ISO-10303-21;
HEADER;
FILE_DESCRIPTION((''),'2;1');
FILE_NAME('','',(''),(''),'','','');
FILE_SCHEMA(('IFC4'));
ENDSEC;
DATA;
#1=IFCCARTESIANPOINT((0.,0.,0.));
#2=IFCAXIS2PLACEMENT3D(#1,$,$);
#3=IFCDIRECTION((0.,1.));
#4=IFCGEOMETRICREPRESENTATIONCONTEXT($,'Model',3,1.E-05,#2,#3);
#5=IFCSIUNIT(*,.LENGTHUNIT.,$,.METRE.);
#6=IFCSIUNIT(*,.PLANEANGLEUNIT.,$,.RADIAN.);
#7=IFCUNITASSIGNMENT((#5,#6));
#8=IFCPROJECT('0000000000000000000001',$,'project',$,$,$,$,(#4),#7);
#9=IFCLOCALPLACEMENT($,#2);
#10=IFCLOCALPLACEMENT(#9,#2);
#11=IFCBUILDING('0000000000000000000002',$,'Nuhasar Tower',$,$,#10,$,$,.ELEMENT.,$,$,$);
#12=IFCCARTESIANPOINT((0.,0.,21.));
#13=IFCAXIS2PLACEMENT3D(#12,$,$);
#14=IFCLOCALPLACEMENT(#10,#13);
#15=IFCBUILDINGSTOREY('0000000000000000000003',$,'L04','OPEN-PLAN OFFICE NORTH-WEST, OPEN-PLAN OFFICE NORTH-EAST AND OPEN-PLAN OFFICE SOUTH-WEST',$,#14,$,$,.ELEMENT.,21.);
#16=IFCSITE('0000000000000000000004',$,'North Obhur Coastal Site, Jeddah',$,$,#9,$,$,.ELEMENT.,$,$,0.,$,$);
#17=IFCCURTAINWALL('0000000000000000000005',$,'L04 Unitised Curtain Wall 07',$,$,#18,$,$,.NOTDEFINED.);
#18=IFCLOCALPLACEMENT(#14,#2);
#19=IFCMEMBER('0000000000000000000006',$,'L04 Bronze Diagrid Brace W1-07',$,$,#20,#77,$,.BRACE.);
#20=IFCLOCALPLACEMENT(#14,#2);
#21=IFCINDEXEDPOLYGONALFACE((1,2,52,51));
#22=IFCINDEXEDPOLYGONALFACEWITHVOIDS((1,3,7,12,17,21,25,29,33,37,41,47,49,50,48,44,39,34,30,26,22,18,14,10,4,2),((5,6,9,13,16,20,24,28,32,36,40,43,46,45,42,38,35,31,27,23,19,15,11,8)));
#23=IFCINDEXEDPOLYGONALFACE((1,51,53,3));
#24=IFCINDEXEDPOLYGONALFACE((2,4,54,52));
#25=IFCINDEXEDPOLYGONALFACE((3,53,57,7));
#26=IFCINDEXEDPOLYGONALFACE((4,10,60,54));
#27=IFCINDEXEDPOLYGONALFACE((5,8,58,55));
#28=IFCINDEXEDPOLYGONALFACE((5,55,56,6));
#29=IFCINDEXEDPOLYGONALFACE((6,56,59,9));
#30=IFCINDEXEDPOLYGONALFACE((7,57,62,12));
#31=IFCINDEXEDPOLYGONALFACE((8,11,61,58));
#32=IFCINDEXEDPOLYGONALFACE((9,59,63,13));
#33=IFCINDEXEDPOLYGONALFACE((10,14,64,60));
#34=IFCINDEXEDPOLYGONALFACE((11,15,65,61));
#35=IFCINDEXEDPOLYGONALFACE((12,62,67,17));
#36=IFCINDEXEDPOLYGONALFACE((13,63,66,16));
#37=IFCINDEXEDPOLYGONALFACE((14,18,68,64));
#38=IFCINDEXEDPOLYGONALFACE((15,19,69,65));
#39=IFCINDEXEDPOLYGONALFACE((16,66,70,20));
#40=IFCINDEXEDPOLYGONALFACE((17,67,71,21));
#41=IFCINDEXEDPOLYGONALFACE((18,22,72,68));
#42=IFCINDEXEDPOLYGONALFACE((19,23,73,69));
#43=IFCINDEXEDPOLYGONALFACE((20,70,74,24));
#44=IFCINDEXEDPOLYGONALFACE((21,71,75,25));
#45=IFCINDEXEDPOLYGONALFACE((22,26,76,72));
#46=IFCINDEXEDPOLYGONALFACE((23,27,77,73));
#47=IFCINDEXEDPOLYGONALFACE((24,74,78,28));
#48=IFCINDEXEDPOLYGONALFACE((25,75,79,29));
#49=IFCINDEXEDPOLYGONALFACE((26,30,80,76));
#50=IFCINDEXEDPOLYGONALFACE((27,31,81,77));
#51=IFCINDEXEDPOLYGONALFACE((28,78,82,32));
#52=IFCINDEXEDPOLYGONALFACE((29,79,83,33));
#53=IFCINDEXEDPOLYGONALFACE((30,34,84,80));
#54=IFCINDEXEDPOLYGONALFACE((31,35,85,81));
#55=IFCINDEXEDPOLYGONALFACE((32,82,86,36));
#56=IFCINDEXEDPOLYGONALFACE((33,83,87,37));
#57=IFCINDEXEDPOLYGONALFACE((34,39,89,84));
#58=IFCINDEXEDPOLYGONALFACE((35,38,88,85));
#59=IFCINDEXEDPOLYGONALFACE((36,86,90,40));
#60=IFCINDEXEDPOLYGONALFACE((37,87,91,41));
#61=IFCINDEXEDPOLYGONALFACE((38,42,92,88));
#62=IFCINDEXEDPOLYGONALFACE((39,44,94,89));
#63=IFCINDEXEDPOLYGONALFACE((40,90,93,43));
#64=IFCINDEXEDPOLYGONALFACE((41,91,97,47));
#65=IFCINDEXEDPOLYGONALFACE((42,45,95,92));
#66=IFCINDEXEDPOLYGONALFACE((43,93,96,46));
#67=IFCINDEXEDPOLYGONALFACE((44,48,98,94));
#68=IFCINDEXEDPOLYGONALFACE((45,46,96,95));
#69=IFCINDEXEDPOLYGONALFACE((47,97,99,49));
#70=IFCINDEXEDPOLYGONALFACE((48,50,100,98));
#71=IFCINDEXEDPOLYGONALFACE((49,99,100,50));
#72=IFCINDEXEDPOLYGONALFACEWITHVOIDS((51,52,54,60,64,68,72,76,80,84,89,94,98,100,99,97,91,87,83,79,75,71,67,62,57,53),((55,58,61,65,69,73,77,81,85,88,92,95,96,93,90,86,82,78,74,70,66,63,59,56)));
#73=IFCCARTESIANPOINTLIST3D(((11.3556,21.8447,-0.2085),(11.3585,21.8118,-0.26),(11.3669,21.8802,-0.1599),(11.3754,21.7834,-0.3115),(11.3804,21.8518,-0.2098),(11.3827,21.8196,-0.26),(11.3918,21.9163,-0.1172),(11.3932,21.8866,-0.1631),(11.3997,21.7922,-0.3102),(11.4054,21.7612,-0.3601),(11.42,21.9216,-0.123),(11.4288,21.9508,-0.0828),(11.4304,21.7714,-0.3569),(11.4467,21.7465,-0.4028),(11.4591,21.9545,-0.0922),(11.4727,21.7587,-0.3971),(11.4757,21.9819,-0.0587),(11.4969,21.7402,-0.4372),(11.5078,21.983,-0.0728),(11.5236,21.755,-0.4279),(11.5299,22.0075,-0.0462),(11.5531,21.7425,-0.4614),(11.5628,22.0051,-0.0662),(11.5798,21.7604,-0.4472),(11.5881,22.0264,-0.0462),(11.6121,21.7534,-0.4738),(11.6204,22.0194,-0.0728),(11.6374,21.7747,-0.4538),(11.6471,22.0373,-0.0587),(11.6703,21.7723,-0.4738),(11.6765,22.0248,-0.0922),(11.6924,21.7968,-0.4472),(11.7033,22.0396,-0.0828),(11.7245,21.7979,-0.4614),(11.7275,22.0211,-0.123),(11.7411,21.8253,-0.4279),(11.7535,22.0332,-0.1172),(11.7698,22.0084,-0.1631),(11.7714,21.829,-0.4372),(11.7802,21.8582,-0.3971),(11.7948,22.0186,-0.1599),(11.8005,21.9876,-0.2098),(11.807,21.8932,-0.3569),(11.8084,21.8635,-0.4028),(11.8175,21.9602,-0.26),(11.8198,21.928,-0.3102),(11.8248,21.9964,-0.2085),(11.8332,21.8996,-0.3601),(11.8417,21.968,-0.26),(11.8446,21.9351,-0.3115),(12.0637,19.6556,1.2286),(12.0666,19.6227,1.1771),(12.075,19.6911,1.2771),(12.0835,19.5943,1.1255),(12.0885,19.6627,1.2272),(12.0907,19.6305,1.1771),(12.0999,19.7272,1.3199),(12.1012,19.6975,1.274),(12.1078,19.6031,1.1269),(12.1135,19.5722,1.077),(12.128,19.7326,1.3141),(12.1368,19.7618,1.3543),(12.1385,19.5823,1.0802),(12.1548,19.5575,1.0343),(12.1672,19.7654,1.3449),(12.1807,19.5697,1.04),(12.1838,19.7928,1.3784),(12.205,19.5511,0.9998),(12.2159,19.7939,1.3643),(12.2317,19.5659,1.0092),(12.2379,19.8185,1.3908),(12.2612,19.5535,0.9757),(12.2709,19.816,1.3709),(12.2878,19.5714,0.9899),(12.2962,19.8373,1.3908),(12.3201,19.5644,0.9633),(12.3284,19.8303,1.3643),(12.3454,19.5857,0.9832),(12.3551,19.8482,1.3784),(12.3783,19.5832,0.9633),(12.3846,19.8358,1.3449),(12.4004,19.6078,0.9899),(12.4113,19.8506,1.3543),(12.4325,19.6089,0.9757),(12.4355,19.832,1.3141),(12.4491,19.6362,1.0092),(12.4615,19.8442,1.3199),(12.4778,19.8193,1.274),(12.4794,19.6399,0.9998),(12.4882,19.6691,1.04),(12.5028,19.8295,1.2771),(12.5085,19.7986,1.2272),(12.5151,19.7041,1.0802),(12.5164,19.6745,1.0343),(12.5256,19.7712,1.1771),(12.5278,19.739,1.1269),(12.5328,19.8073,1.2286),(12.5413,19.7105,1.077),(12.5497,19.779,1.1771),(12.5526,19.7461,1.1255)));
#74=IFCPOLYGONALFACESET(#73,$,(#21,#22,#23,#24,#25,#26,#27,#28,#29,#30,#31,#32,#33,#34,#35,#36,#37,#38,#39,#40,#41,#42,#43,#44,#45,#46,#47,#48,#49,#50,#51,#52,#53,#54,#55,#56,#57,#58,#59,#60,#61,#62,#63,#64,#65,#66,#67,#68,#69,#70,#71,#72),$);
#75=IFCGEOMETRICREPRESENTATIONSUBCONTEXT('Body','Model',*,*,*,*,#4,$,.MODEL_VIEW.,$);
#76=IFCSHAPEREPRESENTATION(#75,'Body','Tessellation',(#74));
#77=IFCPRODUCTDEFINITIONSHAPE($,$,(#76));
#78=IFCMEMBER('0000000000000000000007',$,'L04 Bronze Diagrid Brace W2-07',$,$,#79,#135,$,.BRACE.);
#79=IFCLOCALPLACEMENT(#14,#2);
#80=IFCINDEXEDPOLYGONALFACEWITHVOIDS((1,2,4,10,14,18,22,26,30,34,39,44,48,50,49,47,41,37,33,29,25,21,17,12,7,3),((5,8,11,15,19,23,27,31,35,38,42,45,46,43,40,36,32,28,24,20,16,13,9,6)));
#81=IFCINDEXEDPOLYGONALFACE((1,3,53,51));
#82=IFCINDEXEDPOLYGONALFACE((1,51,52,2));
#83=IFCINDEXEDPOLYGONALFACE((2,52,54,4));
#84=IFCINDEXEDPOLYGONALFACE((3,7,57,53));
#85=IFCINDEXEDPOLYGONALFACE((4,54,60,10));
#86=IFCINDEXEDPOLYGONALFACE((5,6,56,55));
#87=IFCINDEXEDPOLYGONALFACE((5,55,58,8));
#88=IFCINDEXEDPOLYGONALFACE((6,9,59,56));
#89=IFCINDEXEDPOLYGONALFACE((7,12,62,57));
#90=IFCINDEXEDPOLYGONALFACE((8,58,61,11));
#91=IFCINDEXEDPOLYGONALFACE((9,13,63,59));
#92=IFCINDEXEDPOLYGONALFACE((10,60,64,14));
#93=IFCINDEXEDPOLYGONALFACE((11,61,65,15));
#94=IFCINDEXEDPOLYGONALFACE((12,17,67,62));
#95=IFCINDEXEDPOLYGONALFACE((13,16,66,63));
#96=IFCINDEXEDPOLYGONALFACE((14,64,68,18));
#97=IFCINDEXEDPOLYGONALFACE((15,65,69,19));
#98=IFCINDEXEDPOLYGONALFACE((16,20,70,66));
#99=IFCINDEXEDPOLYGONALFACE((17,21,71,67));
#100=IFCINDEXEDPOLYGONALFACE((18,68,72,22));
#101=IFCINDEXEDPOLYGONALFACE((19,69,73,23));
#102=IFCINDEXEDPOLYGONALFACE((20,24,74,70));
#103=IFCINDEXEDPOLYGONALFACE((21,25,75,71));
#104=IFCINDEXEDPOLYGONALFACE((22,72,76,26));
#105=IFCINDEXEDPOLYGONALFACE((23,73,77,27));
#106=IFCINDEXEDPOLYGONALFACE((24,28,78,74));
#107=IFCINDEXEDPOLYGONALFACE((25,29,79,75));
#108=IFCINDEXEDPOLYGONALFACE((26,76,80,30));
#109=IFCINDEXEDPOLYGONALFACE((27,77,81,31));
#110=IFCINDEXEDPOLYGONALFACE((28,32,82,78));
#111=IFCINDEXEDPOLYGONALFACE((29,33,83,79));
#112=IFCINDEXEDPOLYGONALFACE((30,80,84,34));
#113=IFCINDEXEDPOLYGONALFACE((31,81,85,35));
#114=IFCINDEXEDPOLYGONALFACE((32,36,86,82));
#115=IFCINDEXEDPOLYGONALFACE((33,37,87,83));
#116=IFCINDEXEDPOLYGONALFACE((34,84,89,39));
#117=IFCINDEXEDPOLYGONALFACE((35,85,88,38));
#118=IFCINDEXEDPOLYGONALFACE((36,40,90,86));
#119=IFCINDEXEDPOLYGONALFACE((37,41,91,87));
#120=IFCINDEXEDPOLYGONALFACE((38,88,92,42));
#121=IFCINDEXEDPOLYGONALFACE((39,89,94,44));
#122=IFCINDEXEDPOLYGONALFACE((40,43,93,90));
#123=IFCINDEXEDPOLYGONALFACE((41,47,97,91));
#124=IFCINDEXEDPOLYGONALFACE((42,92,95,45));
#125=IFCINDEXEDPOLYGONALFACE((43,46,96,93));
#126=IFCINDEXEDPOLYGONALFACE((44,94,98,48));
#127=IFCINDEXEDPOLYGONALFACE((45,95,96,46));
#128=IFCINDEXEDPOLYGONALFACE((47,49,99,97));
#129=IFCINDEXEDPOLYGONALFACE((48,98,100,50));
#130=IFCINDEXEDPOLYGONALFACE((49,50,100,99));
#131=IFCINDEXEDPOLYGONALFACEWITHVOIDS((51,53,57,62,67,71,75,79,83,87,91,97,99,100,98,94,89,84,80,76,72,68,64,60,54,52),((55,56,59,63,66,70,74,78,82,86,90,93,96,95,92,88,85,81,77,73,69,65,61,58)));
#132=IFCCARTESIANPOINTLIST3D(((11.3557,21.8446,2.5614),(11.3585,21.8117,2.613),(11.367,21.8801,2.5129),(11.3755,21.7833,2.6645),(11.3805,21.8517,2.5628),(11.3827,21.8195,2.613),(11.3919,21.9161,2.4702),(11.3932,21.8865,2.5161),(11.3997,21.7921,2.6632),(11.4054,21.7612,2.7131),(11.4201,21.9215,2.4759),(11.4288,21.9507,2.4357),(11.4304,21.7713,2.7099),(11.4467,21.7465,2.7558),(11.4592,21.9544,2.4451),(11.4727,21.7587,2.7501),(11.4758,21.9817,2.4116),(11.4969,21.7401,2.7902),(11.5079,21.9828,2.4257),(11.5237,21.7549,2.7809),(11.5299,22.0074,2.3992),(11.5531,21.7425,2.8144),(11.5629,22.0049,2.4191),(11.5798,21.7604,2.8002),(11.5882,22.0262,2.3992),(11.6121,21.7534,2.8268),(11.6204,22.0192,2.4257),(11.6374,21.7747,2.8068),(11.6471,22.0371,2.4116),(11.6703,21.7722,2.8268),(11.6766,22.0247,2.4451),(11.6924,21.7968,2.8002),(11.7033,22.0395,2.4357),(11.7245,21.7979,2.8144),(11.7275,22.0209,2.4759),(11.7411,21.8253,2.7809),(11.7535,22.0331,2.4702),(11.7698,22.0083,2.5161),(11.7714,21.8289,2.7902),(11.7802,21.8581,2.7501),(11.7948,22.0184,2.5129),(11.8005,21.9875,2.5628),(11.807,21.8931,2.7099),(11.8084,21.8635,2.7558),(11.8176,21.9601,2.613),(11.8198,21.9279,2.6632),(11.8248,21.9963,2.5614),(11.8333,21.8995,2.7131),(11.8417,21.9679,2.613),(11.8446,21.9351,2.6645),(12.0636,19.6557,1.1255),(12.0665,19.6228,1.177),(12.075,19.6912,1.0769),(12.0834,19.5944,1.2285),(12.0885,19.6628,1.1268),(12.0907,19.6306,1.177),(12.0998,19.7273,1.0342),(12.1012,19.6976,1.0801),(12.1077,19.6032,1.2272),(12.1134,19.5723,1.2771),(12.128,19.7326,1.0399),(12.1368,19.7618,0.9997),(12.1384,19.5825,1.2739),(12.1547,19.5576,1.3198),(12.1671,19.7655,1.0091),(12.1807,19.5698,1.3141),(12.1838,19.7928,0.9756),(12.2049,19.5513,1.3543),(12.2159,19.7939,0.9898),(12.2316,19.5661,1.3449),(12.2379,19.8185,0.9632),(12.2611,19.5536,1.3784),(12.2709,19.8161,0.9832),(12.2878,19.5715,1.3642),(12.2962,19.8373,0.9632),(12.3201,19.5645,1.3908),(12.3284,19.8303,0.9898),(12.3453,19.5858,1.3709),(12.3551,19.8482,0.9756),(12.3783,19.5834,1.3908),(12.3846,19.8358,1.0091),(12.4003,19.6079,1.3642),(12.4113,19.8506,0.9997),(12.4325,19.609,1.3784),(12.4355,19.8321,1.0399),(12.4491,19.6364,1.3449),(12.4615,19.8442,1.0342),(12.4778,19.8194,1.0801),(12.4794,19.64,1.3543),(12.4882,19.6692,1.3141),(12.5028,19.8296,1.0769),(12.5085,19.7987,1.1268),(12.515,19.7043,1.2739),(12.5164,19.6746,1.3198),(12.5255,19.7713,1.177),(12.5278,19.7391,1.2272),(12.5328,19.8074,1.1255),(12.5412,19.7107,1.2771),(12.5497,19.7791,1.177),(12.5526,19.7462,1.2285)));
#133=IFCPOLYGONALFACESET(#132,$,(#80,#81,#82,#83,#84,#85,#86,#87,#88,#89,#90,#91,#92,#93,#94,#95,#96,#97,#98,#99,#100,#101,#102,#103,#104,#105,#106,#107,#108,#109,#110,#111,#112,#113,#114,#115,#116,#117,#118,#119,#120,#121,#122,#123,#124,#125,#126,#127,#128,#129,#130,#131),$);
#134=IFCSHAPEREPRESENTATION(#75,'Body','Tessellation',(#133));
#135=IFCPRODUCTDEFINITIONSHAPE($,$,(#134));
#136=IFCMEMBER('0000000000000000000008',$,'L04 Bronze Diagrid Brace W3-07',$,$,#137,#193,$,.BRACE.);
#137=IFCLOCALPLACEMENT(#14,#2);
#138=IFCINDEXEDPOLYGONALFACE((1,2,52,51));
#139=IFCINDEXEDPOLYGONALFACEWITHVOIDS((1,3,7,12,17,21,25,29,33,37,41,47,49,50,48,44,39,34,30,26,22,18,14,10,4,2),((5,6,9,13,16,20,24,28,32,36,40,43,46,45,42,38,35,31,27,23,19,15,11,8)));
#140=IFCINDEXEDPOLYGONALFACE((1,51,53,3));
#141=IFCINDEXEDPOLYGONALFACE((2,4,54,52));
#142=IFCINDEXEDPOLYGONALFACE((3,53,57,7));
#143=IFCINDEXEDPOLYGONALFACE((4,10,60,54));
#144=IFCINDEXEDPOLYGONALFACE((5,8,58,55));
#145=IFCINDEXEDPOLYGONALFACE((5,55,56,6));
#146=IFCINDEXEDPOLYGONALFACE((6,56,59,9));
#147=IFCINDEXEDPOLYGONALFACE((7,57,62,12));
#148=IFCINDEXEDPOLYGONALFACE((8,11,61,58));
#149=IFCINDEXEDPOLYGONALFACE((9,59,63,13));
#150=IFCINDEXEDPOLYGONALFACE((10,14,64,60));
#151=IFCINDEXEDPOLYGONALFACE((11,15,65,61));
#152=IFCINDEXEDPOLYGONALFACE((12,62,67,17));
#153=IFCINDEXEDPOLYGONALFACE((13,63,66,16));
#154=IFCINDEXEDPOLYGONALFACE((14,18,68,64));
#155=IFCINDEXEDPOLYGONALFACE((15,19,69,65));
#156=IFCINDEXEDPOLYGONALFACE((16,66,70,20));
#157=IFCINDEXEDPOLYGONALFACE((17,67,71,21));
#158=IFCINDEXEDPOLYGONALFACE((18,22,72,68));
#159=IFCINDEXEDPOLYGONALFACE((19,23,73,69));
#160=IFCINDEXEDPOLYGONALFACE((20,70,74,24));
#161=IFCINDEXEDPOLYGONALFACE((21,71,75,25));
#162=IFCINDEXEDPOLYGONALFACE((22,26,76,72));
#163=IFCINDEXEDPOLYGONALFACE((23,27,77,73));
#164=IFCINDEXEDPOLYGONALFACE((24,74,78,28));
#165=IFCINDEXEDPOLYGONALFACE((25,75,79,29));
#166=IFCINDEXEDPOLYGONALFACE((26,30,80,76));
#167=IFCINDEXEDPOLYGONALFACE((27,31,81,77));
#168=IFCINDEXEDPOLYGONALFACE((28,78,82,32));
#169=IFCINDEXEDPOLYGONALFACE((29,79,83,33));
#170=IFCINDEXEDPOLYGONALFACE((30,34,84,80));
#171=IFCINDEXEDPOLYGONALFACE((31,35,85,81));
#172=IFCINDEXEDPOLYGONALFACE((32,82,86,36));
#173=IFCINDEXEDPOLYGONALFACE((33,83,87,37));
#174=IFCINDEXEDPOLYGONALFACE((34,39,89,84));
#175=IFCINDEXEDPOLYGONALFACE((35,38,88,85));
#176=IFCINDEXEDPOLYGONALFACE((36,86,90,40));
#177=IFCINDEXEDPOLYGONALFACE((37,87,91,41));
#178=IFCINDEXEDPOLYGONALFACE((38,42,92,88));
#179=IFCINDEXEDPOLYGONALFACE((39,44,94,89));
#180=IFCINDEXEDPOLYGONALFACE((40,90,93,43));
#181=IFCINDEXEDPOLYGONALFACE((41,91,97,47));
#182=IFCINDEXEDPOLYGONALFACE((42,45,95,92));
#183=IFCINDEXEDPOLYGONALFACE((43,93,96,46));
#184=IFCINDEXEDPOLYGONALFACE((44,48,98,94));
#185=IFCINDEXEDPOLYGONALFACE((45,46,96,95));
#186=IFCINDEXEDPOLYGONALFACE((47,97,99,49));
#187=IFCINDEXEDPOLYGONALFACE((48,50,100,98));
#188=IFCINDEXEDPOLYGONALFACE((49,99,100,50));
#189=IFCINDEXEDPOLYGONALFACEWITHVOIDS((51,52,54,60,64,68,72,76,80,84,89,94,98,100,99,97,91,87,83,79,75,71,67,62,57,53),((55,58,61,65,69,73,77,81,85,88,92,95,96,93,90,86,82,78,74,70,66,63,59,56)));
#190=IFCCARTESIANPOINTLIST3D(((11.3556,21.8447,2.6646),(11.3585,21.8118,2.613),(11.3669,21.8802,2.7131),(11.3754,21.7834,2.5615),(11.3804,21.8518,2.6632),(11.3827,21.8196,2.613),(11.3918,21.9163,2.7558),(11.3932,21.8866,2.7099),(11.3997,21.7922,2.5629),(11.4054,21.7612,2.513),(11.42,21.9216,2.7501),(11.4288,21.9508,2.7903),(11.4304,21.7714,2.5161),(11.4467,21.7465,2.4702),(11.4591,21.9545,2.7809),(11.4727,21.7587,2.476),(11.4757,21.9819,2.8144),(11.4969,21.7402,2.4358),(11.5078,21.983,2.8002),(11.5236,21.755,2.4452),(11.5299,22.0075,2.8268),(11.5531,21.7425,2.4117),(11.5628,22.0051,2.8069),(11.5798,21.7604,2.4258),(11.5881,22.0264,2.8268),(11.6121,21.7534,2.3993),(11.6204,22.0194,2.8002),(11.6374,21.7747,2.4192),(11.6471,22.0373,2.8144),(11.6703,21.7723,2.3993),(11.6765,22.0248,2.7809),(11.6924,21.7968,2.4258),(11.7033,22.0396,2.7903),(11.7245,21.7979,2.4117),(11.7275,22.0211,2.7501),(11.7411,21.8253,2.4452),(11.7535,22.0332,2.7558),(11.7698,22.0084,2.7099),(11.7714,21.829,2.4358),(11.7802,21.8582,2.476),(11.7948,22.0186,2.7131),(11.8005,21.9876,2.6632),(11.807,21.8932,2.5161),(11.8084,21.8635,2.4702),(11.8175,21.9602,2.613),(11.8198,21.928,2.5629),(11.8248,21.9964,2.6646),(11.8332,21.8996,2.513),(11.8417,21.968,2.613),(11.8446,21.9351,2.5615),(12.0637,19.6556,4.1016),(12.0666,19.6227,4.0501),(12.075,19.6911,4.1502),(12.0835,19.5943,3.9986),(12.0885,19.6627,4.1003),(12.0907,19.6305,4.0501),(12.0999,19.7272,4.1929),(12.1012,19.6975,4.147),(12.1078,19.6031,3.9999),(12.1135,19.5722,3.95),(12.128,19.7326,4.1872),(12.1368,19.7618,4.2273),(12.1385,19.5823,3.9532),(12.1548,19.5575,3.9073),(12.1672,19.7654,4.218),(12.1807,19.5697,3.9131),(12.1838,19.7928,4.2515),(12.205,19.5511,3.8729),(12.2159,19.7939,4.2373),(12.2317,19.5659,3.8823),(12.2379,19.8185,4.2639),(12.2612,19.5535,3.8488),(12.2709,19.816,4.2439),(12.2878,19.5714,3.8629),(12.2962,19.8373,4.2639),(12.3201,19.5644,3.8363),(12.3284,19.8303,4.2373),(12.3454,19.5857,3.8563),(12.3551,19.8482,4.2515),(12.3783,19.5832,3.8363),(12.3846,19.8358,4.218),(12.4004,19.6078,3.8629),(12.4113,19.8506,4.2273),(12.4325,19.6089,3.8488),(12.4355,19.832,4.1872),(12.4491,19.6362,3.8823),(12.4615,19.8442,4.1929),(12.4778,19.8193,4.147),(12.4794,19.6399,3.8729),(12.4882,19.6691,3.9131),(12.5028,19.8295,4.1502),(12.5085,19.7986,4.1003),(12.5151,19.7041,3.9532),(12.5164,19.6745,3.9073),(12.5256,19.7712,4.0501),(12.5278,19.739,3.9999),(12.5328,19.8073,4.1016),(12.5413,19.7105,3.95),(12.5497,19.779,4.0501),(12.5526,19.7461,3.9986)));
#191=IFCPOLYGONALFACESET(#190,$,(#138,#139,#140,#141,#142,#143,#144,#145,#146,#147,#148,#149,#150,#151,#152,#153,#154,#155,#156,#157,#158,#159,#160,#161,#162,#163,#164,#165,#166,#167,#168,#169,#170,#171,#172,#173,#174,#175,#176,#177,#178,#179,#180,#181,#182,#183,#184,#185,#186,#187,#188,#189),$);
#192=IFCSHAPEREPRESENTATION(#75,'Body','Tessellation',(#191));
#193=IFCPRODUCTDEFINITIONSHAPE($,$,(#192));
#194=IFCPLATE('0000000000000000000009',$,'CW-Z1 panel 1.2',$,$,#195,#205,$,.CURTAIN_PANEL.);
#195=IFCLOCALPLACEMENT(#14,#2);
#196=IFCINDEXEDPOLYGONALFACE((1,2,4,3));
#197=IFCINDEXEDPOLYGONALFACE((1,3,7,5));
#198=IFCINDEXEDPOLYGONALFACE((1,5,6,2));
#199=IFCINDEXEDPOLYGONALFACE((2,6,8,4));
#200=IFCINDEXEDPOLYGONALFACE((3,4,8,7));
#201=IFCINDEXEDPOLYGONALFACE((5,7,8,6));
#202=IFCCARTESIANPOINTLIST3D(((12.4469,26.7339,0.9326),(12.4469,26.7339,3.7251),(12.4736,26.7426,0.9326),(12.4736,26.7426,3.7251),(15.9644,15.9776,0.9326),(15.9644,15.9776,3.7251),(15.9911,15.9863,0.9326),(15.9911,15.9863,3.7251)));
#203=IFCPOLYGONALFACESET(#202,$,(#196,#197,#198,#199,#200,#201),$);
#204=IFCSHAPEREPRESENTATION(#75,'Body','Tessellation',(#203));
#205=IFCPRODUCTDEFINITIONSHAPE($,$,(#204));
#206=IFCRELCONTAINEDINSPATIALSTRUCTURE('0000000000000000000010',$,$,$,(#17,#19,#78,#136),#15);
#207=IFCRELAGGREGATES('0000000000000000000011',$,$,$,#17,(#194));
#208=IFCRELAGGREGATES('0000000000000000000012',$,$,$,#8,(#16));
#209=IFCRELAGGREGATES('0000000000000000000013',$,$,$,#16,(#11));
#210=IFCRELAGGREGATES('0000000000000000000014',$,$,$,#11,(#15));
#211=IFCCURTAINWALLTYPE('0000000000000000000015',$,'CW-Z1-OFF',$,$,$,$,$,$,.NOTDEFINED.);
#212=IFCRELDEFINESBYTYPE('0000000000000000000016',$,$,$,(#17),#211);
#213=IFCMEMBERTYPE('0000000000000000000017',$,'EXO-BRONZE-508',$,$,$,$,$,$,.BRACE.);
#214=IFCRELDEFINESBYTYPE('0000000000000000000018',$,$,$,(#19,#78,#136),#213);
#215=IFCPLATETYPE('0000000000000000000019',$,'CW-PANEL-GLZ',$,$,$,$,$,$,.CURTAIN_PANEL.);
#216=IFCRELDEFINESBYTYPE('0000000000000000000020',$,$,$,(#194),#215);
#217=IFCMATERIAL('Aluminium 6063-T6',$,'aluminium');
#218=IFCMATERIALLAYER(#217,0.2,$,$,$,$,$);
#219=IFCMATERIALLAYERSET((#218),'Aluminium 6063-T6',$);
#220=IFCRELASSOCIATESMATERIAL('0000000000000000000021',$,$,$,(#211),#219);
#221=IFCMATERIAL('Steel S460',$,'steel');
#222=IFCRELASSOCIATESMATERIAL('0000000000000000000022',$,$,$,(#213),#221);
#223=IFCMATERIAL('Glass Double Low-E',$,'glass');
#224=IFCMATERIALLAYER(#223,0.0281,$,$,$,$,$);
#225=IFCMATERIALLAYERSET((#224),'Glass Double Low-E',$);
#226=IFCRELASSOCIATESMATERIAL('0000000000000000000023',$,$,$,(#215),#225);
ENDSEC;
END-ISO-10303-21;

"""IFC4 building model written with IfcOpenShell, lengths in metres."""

from ifc_helpers import new_model, si_unit, direction, frame, origin, origin_2d, place, context, subcontext, project, spatial, rectangle, hollow_circle, extrude, material, layer, layer_set, material_profile, profile_set, type_object, element, aggregate, save


model = new_model("IFC4")

# Units and contexts
model_context = context("Model", 3, precision=1e-05, world=origin(), true_north=direction((0.0, 1.0)))
body_context = subcontext(model_context, "Body", "Model", "MODEL_VIEW")
ifc_project = project(units=[si_unit("LENGTHUNIT", "METRE"), si_unit("PLANEANGLEUNIT", "RADIAN")], contexts=[model_context])

# Site, building, storey
site_placement = place(None, origin())
site = spatial("IfcSite", under=ifc_project, at=site_placement, Name="North Obhur Coastal Site, Jeddah", CompositionType="ELEMENT", RefElevation=0.0)
building_placement = place(site_placement, origin())
building = spatial("IfcBuilding", under=site, at=building_placement, Name="Nuhasar Tower", CompositionType="ELEMENT")
storey_placement = place(building_placement, frame((0.0, 0.0, 21.0)))
storey = spatial("IfcBuildingStorey", under=building, at=storey_placement, Name="L04", Description="OPEN-PLAN OFFICE NORTH-WEST, OPEN-PLAN OFFICE NORTH-EAST AND OPEN-PLAN OFFICE SOUTH-WEST", CompositionType="ELEMENT", Elevation=21.0)

# Shared definitions
ifc_material_1 = material(Name="Steel S460", Category="steel")

# Curtain wall
ifc_material_2 = material(Name="Aluminium 6063-T6", Category="aluminium")
ifc_layer_1 = layer(ifc_material_2, 0.2)
ifc_layer_set_1 = layer_set([ifc_layer_1], Name="Aluminium 6063-T6")
curtain_wall_type = type_object("IfcCurtainWallType", Name="CW-Z1-OFF", PredefinedType="NOTDEFINED", material=ifc_layer_set_1)
curtain_wall_1_placement = place(storey_placement, origin())
curtain_wall_1 = element("IfcCurtainWall", 1, at=curtain_wall_1_placement, inside=storey, type_object=curtain_wall_type, Name="L04 Unitised Curtain Wall 07", PredefinedType="NOTDEFINED")

# Members
ifc_material_profile_1 = material_profile(ifc_material_1, hollow_circle(Radius=0.2539, WallThickness=0.0254, at=origin_2d()), Name="HSS508X25.4")
ifc_profile_set_1 = profile_set([ifc_material_profile_1], Name="Steel S460")
member_type_1 = type_object("IfcMemberType", Name="EXO-BRONZE-508", PredefinedType="BRACE", material=ifc_profile_set_1)
member_1_placement = place(storey_placement, frame((11.6001, 21.8899, -0.26), z_axis=(0.261013, -0.806981, 0.529767), x_axis=(0.951468, 0.307747, 0.0)))
element("IfcMember", 2, at=member_1_placement, inside=storey, type_object=member_type_1, Name="L04 Bronze Diagrid Brace W1-07", PredefinedType="BRACE", context=body_context, shape_type="SweptSolid", body=[
    extrude(hollow_circle(Radius=0.2539, WallThickness=0.0254, at=origin_2d()), origin(), (0.0, 0.0, 1.0), 2.7126),
])
member_2_placement = place(storey_placement, frame((12.3081, 19.7009, 1.177), z_axis=(-0.261063, 0.807135, 0.529508), x_axis=(-0.951468, -0.307747, 0.0)))
element("IfcMember", 3, at=member_2_placement, inside=storey, type_object=member_type_1, Name="L04 Bronze Diagrid Brace W2-07", PredefinedType="BRACE", context=body_context, shape_type="SweptSolid", body=[
    extrude(hollow_circle(Radius=0.2539, WallThickness=0.0254, at=origin_2d()), origin(), (0.0, 0.0, 1.0), 2.7119),
])
member_3_placement = place(storey_placement, frame((11.6001, 21.8899, 2.613), z_axis=(0.261013, -0.806981, 0.529767), x_axis=(0.951468, 0.307747, 0.0)))
element("IfcMember", 4, at=member_3_placement, inside=storey, type_object=member_type_1, Name="L04 Bronze Diagrid Brace W3-07", PredefinedType="BRACE", context=body_context, shape_type="SweptSolid", body=[
    extrude(hollow_circle(Radius=0.2539, WallThickness=0.0254, at=origin_2d()), origin(), (0.0, 0.0, 1.0), 2.7126),
])

# Plate
ifc_material_3 = material(Name="Glass Double Low-E", Category="glass")
ifc_layer_2 = layer(ifc_material_3, 0.0281)
ifc_layer_set_2 = layer_set([ifc_layer_2], Name="Glass Double Low-E")
plate_type_1 = type_object("IfcPlateType", Name="CW-PANEL-GLZ", PredefinedType="CURTAIN_PANEL", material=ifc_layer_set_2)
plate_1_placement = place(storey_placement, frame((14.219, 21.3601, 0.9326), z_axis=(0.0, 0.0, 1.0), x_axis=(0.310824, -0.950468, 0.0)))
plate_1 = element("IfcPlate", 5, at=plate_1_placement, type_object=plate_type_1, Name="CW-Z1 panel 1.2", PredefinedType="CURTAIN_PANEL", context=body_context, shape_type="SweptSolid", body=[
    extrude(rectangle(XDim=11.3169, YDim=0.0281, at=origin_2d()), origin(), (0.0, 0.0, 1.0), 2.7925),
])
aggregate(curtain_wall_1, [plate_1])

save(model, "model.ifc")
